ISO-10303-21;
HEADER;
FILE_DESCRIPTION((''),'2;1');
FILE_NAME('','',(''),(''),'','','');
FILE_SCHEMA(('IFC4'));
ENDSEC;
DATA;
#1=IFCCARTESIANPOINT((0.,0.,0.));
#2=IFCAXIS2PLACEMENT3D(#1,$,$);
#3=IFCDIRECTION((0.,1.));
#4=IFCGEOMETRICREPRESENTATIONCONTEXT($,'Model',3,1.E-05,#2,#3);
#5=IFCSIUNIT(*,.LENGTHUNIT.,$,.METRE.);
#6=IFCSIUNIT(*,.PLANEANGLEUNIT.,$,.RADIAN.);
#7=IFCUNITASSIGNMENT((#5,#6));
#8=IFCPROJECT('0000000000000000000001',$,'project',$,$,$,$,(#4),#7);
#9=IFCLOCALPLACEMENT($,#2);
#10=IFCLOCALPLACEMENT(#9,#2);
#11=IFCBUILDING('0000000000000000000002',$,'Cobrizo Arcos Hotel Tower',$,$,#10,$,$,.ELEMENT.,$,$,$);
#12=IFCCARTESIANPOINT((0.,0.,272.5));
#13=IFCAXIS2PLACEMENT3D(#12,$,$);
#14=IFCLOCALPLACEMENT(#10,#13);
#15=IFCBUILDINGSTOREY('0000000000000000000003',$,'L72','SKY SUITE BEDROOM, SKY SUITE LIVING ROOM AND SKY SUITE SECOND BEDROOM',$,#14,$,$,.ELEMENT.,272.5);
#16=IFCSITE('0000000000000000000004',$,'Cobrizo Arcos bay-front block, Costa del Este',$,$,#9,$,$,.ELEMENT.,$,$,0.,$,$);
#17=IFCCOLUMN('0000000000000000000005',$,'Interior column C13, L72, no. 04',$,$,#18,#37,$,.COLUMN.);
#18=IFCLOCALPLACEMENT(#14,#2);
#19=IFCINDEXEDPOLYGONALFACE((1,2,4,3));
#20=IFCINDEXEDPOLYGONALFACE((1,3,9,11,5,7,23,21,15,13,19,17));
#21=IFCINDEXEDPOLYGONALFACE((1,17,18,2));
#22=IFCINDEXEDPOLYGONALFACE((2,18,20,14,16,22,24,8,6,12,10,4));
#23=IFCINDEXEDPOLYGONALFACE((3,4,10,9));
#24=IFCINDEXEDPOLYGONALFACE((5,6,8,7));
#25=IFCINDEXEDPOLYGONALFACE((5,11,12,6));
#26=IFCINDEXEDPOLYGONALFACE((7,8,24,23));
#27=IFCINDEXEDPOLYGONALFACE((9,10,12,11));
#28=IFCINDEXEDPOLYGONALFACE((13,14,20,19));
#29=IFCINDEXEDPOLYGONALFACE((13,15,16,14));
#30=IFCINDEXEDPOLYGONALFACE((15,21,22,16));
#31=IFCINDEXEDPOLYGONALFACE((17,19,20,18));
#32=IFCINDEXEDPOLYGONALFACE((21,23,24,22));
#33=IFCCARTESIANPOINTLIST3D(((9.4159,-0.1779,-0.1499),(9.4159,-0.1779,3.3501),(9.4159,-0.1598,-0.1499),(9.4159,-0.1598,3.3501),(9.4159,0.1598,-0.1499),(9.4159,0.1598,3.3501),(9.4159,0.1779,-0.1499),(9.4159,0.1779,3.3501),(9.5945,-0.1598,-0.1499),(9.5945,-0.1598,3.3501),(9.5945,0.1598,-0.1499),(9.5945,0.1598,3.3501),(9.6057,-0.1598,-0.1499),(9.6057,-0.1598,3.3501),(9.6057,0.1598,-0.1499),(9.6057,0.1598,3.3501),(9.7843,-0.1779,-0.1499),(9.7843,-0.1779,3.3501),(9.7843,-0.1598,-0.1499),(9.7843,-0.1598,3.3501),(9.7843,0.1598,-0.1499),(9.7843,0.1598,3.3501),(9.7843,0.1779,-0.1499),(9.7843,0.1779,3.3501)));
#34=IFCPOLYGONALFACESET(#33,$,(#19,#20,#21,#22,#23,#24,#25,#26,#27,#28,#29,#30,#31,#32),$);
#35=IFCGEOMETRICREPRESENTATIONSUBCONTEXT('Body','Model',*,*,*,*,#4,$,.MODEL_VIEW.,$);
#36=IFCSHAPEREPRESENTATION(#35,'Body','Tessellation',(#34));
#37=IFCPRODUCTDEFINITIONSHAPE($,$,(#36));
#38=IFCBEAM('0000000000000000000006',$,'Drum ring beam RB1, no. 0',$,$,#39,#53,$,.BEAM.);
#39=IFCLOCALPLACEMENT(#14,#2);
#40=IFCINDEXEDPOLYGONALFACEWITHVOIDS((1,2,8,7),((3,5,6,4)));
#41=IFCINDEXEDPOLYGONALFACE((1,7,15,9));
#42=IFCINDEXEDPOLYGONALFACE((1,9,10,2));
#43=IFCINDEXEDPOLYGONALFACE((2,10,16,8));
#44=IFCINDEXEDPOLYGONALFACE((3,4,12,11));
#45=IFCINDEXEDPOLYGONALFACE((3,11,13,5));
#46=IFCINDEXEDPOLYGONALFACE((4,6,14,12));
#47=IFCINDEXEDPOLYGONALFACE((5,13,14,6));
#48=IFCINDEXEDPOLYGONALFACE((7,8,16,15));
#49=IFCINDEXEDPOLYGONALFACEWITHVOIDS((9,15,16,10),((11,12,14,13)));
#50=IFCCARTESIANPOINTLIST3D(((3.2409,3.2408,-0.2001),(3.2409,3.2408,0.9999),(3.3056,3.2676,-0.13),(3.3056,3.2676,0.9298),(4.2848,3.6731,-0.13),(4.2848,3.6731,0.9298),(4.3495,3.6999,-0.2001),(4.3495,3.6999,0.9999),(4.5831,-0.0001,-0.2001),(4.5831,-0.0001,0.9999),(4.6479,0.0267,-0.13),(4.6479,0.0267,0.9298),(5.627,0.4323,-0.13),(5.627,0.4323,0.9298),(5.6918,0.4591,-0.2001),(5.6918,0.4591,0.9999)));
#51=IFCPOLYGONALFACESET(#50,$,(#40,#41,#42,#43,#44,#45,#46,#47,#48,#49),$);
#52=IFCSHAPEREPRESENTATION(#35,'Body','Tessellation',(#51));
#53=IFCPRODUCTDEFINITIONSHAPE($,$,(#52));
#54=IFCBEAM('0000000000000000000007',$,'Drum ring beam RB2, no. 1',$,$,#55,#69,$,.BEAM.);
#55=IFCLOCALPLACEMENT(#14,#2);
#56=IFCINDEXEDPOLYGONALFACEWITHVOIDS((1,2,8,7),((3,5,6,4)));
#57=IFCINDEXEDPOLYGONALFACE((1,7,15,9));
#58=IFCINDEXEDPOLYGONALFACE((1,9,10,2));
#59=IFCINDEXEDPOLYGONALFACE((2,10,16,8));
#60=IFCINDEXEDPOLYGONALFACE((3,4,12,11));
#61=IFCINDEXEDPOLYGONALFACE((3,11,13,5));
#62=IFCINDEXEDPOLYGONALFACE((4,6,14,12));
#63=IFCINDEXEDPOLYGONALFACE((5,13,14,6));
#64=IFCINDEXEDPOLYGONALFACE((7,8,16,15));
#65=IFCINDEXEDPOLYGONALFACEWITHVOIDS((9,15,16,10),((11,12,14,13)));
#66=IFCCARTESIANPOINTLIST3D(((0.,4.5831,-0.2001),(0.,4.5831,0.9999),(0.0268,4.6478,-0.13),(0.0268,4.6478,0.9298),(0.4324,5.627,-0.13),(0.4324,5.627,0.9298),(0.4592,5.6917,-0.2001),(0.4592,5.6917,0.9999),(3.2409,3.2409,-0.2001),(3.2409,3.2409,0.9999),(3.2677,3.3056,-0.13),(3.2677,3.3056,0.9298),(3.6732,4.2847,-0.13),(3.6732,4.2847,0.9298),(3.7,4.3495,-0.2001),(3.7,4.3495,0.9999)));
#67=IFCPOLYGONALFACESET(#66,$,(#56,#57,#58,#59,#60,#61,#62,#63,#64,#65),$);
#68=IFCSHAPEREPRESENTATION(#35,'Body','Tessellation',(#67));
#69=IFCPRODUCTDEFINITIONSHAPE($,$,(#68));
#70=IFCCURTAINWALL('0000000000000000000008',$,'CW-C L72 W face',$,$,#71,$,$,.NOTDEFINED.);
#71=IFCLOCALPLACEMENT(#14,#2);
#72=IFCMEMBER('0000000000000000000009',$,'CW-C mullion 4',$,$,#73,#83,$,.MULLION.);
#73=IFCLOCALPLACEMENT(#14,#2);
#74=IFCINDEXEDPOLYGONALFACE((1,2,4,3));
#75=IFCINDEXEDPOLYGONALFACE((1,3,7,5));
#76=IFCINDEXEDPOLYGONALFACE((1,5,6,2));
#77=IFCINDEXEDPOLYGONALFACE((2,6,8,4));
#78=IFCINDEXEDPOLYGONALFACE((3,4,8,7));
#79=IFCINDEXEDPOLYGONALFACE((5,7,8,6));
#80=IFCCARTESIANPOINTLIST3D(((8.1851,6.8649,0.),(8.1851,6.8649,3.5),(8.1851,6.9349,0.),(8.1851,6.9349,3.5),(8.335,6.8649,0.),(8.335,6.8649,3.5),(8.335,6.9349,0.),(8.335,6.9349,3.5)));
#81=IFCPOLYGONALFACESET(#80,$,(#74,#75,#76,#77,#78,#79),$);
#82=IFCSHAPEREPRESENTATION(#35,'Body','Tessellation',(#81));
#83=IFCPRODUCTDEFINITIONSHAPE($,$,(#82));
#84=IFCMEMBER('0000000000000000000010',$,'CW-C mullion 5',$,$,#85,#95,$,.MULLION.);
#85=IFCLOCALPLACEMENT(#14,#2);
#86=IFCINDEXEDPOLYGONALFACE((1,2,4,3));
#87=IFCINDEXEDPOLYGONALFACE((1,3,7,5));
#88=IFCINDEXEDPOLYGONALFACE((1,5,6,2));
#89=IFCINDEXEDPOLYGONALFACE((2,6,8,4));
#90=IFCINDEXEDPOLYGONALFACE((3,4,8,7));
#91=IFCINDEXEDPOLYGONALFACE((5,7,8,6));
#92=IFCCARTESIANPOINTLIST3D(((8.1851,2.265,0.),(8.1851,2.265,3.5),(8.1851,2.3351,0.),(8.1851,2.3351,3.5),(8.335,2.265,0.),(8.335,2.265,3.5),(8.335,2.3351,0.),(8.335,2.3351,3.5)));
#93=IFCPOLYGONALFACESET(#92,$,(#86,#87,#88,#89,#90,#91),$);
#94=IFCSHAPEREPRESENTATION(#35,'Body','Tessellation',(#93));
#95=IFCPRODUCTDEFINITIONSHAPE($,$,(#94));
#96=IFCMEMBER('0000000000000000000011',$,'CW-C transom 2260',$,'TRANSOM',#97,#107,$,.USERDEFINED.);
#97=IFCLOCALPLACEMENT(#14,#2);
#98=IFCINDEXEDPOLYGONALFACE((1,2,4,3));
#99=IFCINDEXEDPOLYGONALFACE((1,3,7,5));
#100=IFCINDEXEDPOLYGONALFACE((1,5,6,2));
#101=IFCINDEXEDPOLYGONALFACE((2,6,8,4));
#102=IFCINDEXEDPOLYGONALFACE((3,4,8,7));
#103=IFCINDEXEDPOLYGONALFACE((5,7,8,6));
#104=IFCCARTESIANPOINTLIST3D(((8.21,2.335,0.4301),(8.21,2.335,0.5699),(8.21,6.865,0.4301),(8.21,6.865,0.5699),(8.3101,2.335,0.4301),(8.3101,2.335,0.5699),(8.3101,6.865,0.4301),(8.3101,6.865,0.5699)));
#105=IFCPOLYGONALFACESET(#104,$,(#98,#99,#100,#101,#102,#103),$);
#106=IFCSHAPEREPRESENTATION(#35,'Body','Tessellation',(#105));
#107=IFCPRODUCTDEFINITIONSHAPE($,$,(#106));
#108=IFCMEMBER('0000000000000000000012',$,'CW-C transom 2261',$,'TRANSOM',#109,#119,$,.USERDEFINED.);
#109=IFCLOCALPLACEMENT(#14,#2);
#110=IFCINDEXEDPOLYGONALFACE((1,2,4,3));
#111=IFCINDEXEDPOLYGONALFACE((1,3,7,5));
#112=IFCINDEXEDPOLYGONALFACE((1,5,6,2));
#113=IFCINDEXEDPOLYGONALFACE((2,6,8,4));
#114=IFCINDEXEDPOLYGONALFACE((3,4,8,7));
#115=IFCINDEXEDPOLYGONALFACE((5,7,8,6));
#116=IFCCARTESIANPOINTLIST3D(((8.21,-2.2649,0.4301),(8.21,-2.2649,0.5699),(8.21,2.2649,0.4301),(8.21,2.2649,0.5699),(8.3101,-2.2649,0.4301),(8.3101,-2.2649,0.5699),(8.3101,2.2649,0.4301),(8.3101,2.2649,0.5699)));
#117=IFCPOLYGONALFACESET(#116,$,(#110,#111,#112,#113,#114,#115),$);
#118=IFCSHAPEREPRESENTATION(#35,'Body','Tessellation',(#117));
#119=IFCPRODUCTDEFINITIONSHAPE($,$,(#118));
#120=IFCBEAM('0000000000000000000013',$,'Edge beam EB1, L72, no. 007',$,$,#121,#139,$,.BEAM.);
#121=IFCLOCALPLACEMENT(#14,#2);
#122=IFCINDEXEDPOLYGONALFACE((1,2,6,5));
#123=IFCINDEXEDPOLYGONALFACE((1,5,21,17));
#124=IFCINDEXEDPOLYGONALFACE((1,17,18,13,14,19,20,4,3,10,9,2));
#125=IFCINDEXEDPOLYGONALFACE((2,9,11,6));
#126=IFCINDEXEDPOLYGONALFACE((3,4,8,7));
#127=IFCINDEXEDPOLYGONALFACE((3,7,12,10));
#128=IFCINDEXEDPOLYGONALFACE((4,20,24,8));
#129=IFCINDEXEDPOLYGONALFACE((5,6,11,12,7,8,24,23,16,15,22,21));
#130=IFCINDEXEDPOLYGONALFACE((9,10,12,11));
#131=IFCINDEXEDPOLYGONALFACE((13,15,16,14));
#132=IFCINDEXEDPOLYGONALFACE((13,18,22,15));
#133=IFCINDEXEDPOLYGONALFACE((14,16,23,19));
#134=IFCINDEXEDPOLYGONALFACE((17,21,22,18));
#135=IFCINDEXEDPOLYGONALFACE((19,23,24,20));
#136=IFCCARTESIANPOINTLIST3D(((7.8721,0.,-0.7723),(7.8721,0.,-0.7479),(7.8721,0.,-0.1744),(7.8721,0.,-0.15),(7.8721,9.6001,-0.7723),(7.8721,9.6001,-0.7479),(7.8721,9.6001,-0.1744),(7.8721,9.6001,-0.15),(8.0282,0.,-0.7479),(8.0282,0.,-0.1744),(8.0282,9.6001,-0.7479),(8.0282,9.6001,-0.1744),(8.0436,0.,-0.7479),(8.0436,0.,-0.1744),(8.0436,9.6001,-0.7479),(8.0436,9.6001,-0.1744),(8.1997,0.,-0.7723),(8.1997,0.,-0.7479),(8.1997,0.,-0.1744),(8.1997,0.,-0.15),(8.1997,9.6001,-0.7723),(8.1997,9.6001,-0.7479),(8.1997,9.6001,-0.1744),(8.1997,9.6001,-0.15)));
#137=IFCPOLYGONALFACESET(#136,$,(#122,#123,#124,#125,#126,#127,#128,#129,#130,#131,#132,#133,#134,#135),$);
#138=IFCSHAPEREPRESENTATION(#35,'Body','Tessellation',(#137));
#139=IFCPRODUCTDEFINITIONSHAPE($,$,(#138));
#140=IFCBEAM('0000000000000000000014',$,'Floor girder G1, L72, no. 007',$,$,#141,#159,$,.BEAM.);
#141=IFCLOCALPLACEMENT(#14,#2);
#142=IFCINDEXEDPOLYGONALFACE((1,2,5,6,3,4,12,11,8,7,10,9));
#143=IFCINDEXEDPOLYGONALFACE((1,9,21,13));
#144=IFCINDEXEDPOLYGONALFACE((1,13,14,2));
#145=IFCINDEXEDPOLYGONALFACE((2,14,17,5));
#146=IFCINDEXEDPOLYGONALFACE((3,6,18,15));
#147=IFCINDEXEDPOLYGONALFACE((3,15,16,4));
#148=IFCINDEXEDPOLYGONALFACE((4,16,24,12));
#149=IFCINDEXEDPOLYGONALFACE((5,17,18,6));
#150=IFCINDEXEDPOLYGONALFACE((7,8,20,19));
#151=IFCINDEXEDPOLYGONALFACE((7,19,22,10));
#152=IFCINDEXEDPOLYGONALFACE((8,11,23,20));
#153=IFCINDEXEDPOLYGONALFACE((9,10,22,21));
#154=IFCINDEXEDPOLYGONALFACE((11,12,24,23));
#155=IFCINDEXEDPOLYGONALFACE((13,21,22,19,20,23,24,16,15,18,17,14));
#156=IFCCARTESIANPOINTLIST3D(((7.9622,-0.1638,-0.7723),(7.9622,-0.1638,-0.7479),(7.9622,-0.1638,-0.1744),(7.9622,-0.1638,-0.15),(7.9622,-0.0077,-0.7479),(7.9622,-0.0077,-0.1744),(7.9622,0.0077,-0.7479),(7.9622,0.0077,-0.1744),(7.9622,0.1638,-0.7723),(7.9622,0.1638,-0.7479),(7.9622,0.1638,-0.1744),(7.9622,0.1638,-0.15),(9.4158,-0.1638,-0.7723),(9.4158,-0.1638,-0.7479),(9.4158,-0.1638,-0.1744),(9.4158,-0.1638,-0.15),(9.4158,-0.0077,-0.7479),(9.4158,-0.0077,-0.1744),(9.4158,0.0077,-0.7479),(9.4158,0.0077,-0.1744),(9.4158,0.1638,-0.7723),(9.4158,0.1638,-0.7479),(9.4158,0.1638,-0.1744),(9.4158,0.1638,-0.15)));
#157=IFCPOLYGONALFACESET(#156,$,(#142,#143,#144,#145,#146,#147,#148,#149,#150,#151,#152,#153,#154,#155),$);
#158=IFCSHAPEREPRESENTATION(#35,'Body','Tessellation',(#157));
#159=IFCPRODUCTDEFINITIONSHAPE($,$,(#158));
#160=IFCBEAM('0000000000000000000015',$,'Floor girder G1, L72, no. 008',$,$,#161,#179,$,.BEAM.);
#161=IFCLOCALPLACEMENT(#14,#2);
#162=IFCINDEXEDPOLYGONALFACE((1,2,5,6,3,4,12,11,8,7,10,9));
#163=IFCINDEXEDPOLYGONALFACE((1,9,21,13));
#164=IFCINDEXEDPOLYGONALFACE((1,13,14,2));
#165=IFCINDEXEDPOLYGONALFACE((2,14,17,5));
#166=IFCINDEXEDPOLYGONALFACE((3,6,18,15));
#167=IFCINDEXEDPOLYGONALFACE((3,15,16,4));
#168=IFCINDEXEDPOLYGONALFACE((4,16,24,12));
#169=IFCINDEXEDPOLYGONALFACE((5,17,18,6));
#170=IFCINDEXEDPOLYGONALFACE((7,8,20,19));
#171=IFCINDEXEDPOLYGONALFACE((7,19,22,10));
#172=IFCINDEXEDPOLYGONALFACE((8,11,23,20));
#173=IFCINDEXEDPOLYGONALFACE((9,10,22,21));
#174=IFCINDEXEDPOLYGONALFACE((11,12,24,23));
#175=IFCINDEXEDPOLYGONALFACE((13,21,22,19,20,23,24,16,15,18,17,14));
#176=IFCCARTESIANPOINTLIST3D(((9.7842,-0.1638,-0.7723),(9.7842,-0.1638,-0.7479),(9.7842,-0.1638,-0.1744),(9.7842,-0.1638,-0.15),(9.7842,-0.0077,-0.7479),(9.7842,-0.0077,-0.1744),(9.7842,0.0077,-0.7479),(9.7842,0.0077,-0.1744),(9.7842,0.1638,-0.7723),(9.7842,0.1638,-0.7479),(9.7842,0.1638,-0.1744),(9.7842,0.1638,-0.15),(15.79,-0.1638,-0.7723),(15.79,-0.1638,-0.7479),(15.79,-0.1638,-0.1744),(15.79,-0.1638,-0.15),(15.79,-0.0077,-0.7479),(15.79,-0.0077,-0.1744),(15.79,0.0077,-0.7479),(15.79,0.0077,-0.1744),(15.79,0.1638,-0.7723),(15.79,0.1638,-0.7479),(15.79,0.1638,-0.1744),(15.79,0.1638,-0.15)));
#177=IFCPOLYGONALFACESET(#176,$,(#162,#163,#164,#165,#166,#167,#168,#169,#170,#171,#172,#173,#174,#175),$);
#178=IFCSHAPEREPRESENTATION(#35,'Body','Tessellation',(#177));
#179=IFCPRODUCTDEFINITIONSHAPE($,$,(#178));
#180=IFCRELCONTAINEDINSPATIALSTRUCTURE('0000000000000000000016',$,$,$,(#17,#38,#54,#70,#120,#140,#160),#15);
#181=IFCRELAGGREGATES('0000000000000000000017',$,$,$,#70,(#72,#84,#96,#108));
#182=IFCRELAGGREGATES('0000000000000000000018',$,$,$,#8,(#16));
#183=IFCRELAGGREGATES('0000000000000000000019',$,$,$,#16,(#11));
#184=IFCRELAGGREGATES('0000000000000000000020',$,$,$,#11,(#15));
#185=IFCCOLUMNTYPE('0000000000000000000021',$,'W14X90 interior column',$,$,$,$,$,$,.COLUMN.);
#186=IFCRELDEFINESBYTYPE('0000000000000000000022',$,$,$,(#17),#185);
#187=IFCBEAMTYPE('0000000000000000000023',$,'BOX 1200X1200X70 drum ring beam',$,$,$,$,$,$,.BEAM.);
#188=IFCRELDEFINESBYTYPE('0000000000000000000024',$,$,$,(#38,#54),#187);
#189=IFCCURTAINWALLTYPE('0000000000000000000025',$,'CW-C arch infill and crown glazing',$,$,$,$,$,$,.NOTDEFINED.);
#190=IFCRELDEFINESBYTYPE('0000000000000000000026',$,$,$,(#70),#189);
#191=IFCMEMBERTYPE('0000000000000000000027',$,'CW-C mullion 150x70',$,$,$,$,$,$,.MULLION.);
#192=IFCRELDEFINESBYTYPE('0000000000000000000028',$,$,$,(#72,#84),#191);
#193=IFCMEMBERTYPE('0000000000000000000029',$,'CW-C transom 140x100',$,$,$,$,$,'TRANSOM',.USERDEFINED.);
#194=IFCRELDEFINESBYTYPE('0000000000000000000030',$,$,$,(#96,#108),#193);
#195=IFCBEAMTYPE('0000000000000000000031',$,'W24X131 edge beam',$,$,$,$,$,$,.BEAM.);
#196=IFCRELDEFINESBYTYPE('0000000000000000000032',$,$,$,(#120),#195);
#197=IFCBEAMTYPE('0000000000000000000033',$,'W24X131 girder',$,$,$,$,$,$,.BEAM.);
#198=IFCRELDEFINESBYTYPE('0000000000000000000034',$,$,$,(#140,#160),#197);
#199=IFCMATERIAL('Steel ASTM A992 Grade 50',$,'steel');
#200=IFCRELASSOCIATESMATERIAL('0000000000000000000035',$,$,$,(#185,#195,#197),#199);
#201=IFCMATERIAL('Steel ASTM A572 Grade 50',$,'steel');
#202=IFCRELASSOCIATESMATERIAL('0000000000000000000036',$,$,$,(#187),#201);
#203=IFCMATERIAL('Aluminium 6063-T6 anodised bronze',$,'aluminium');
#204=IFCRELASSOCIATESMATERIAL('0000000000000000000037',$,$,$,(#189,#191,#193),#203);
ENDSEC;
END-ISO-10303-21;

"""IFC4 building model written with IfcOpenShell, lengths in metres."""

from ifc_helpers import new_model, si_unit, direction, frame, origin, origin_2d, place, context, subcontext, project, spatial, rectangle, hollow_rectangle, i_section, extrude, material, material_profile, profile_set, type_object, element, aggregate, save


model = new_model("IFC4")

# Units and contexts
model_context = context("Model", 3, precision=1e-05, world=origin(), true_north=direction((0.0, 1.0)))
body_context = subcontext(model_context, "Body", "Model", "MODEL_VIEW")
ifc_project = project(units=[si_unit("LENGTHUNIT", "METRE"), si_unit("PLANEANGLEUNIT", "RADIAN")], contexts=[model_context])

# Site, building, storey
site_placement = place(None, origin())
site = spatial("IfcSite", under=ifc_project, at=site_placement, Name="Cobrizo Arcos bay-front block, Costa del Este", CompositionType="ELEMENT", RefElevation=0.0)
building_placement = place(site_placement, origin())
building = spatial("IfcBuilding", under=site, at=building_placement, Name="Cobrizo Arcos Hotel Tower", CompositionType="ELEMENT")
storey_placement = place(building_placement, frame((0.0, 0.0, 272.5)))
storey = spatial("IfcBuildingStorey", under=building, at=storey_placement, Name="L72", Description="SKY SUITE BEDROOM, SKY SUITE LIVING ROOM AND SKY SUITE SECOND BEDROOM", CompositionType="ELEMENT", Elevation=272.5)

# Column
ifc_material_1 = material(Name="Steel ASTM A992 Grade 50", Category="steel")
ifc_material_profile_1 = material_profile(ifc_material_1, i_section(OverallWidth=0.3684, OverallDepth=0.3557, WebThickness=0.0112, FlangeThickness=0.0181, at=origin_2d()), Name="W14X90")
ifc_profile_set_1 = profile_set([ifc_material_profile_1], Name="Steel ASTM A992 Grade 50")
column_type_1 = type_object("IfcColumnType", Name="W14X90 interior column", PredefinedType="COLUMN", material=ifc_profile_set_1)
column_placement = place(storey_placement, frame((9.6001, 0.0, -0.1499), z_axis=(0.0, 0.0, 1.0), x_axis=(1.0, 0.0, 0.0)))
element("IfcColumn", 1, at=column_placement, inside=storey, type_object=column_type_1, Name="Interior column C13, L72, no. 04", PredefinedType="COLUMN", context=body_context, shape_type="SweptSolid", body=[
    extrude(i_section(OverallWidth=0.3684, OverallDepth=0.3557, WebThickness=0.0112, FlangeThickness=0.0181, at=origin_2d()), origin(), (0.0, 0.0, 1.0), 3.5),
])

# Beams
ifc_material_2 = material(Name="Steel ASTM A572 Grade 50", Category="steel")
ifc_material_profile_2 = material_profile(ifc_material_2, hollow_rectangle(XDim=1.2, YDim=1.2, WallThickness=0.0701, at=origin_2d()), Name="BOX 1200X1200X70")
ifc_profile_set_2 = profile_set([ifc_material_profile_2], Name="Steel ASTM A572 Grade 50")
beam_type_1 = type_object("IfcBeamType", Name="BOX 1200X1200X70 drum ring beam", PredefinedType="BEAM", material=ifc_profile_set_2)
for number, where, z_axis, x_axis, name in (
    (2, (5.1375, 0.2295, 0.3999), (-0.382643, 0.923896, 0.0), (-0.923896, -0.382643, 0.0), "Drum ring beam RB1, no. 0"),
    (3, (3.4705, 3.7952, 0.3999), (-0.923896, 0.382643, 0.0), (-0.382643, -0.923896, 0.0), "Drum ring beam RB2, no. 1"),
):
    element("IfcBeam", number, at=place(storey_placement, frame(where, z_axis=z_axis, x_axis=x_axis)), inside=storey, type_object=beam_type_1, Name=name, PredefinedType="BEAM", context=body_context, shape_type="SweptSolid", body=[
        extrude(hollow_rectangle(XDim=1.2, YDim=1.2, WallThickness=0.0701, at=origin_2d()), origin(), (0.0, 0.0, 1.0), 3.5078),
    ])

# Curtain wall, members
ifc_material_3 = material(Name="Aluminium 6063-T6 anodised bronze", Category="aluminium")
curtain_wall_type = type_object("IfcCurtainWallType", Name="CW-C arch infill and crown glazing", PredefinedType="NOTDEFINED", material=ifc_material_3)
curtain_wall_placement = place(storey_placement, origin())
curtain_wall = element("IfcCurtainWall", 4, at=curtain_wall_placement, inside=storey, type_object=curtain_wall_type, Name="CW-C L72 W face", PredefinedType="NOTDEFINED")
ifc_material_profile_3 = material_profile(ifc_material_3, rectangle(XDim=0.1499, YDim=0.0701, at=origin_2d()), Name="CW-C mullion 150x70")
ifc_profile_set_3 = profile_set([ifc_material_profile_3], Name="Aluminium 6063-T6 anodised bronze")
member_type_1 = type_object("IfcMemberType", Name="CW-C mullion 150x70", PredefinedType="MULLION", material=ifc_profile_set_3)
member_1_placement = place(storey_placement, frame((8.26, 6.8999, 0.0), z_axis=(0.0, 0.0, 1.0), x_axis=(-1.0, 0.0, 0.0)))
member_1 = element("IfcMember", 5, at=member_1_placement, type_object=member_type_1, Name="CW-C mullion 4", PredefinedType="MULLION", context=body_context, shape_type="SweptSolid", body=[
    extrude(rectangle(XDim=0.1499, YDim=0.0701, at=origin_2d()), origin(), (0.0, 0.0, 1.0), 3.5),
])
member_2_placement = place(storey_placement, frame((8.26, 2.3, 0.0), z_axis=(0.0, 0.0, 1.0), x_axis=(-1.0, 0.0, 0.0)))
member_2 = element("IfcMember", 6, at=member_2_placement, type_object=member_type_1, Name="CW-C mullion 5", PredefinedType="MULLION", context=body_context, shape_type="SweptSolid", body=[
    extrude(rectangle(XDim=0.1499, YDim=0.0701, at=origin_2d()), origin(), (0.0, 0.0, 1.0), 3.5),
])
ifc_material_profile_4 = material_profile(ifc_material_3, rectangle(XDim=0.1001, YDim=0.1399, at=origin_2d()), Name="CW-C transom 140x100")
ifc_profile_set_4 = profile_set([ifc_material_profile_4], Name="Aluminium 6063-T6 anodised bronze")
member_type_2 = type_object("IfcMemberType", Name="CW-C transom 140x100", ElementType="TRANSOM", PredefinedType="USERDEFINED", material=ifc_profile_set_4)
member_3_placement = place(storey_placement, frame((8.26, 6.865, 0.5), z_axis=(0.0, -1.0, 0.0), x_axis=(1.0, 0.0, 0.0)))
member_3 = element("IfcMember", 7, at=member_3_placement, type_object=member_type_2, Name="CW-C transom 2260", ObjectType="TRANSOM", PredefinedType="USERDEFINED", context=body_context, shape_type="SweptSolid", body=[
    extrude(rectangle(XDim=0.1001, YDim=0.1399, at=origin_2d()), origin(), (0.0, 0.0, 1.0), 4.53),
])
member_4_placement = place(storey_placement, frame((8.26, 2.2649, 0.5), z_axis=(0.0, -1.0, 0.0), x_axis=(1.0, 0.0, 0.0)))
member_4 = element("IfcMember", 8, at=member_4_placement, type_object=member_type_2, Name="CW-C transom 2261", ObjectType="TRANSOM", PredefinedType="USERDEFINED", context=body_context, shape_type="SweptSolid", body=[
    extrude(rectangle(XDim=0.1001, YDim=0.1399, at=origin_2d()), origin(), (0.0, 0.0, 1.0), 4.5298),
])

# Beams
ifc_material_profile_5 = material_profile(ifc_material_1, i_section(OverallWidth=0.3276, OverallDepth=0.6223, WebThickness=0.0154, FlangeThickness=0.0244, at=origin_2d()), Name="W24X131")
ifc_profile_set_5 = profile_set([ifc_material_profile_5], Name="Steel ASTM A992 Grade 50")
beam_type_2 = type_object("IfcBeamType", Name="W24X131 edge beam", PredefinedType="BEAM", material=ifc_profile_set_5)
beam_1_placement = place(storey_placement, frame((8.0359, 0.0, -0.4612), z_axis=(0.0, 1.0, 0.0), x_axis=(-1.0, 0.0, 0.0)))
element("IfcBeam", 9, at=beam_1_placement, inside=storey, type_object=beam_type_2, Name="Edge beam EB1, L72, no. 007", PredefinedType="BEAM", context=body_context, shape_type="SweptSolid", body=[
    extrude(i_section(OverallWidth=0.3276, OverallDepth=0.6223, WebThickness=0.0154, FlangeThickness=0.0244, at=origin_2d()), origin(), (0.0, 0.0, 1.0), 9.6001),
])
ifc_material_profile_6 = material_profile(ifc_material_1, i_section(OverallWidth=0.3276, OverallDepth=0.6223, WebThickness=0.0154, FlangeThickness=0.0244, at=origin_2d()), Name="W24X131")
ifc_profile_set_6 = profile_set([ifc_material_profile_6], Name="Steel ASTM A992 Grade 50")
beam_type_3 = type_object("IfcBeamType", Name="W24X131 girder", PredefinedType="BEAM", material=ifc_profile_set_6)
beam_2_placement = place(storey_placement, frame((7.9622, 0.0, -0.4612), z_axis=(1.0, 0.0, 0.0), x_axis=(0.0, 1.0, 0.0)))
element("IfcBeam", 10, at=beam_2_placement, inside=storey, type_object=beam_type_3, Name="Floor girder G1, L72, no. 007", PredefinedType="BEAM", context=body_context, shape_type="SweptSolid", body=[
    extrude(i_section(OverallWidth=0.3276, OverallDepth=0.6223, WebThickness=0.0154, FlangeThickness=0.0244, at=origin_2d()), origin(), (0.0, 0.0, 1.0), 1.4536),
])
beam_3_placement = place(storey_placement, frame((9.7842, 0.0, -0.4612), z_axis=(1.0, 0.0, 0.0), x_axis=(0.0, 1.0, 0.0)))
element("IfcBeam", 11, at=beam_3_placement, inside=storey, type_object=beam_type_3, Name="Floor girder G1, L72, no. 008", PredefinedType="BEAM", context=body_context, shape_type="SweptSolid", body=[
    extrude(i_section(OverallWidth=0.3276, OverallDepth=0.6223, WebThickness=0.0154, FlangeThickness=0.0244, at=origin_2d()), origin(), (0.0, 0.0, 1.0), 6.0059),
])

aggregate(curtain_wall, [member_1, member_2, member_3, member_4])

save(model, "model.ifc")
